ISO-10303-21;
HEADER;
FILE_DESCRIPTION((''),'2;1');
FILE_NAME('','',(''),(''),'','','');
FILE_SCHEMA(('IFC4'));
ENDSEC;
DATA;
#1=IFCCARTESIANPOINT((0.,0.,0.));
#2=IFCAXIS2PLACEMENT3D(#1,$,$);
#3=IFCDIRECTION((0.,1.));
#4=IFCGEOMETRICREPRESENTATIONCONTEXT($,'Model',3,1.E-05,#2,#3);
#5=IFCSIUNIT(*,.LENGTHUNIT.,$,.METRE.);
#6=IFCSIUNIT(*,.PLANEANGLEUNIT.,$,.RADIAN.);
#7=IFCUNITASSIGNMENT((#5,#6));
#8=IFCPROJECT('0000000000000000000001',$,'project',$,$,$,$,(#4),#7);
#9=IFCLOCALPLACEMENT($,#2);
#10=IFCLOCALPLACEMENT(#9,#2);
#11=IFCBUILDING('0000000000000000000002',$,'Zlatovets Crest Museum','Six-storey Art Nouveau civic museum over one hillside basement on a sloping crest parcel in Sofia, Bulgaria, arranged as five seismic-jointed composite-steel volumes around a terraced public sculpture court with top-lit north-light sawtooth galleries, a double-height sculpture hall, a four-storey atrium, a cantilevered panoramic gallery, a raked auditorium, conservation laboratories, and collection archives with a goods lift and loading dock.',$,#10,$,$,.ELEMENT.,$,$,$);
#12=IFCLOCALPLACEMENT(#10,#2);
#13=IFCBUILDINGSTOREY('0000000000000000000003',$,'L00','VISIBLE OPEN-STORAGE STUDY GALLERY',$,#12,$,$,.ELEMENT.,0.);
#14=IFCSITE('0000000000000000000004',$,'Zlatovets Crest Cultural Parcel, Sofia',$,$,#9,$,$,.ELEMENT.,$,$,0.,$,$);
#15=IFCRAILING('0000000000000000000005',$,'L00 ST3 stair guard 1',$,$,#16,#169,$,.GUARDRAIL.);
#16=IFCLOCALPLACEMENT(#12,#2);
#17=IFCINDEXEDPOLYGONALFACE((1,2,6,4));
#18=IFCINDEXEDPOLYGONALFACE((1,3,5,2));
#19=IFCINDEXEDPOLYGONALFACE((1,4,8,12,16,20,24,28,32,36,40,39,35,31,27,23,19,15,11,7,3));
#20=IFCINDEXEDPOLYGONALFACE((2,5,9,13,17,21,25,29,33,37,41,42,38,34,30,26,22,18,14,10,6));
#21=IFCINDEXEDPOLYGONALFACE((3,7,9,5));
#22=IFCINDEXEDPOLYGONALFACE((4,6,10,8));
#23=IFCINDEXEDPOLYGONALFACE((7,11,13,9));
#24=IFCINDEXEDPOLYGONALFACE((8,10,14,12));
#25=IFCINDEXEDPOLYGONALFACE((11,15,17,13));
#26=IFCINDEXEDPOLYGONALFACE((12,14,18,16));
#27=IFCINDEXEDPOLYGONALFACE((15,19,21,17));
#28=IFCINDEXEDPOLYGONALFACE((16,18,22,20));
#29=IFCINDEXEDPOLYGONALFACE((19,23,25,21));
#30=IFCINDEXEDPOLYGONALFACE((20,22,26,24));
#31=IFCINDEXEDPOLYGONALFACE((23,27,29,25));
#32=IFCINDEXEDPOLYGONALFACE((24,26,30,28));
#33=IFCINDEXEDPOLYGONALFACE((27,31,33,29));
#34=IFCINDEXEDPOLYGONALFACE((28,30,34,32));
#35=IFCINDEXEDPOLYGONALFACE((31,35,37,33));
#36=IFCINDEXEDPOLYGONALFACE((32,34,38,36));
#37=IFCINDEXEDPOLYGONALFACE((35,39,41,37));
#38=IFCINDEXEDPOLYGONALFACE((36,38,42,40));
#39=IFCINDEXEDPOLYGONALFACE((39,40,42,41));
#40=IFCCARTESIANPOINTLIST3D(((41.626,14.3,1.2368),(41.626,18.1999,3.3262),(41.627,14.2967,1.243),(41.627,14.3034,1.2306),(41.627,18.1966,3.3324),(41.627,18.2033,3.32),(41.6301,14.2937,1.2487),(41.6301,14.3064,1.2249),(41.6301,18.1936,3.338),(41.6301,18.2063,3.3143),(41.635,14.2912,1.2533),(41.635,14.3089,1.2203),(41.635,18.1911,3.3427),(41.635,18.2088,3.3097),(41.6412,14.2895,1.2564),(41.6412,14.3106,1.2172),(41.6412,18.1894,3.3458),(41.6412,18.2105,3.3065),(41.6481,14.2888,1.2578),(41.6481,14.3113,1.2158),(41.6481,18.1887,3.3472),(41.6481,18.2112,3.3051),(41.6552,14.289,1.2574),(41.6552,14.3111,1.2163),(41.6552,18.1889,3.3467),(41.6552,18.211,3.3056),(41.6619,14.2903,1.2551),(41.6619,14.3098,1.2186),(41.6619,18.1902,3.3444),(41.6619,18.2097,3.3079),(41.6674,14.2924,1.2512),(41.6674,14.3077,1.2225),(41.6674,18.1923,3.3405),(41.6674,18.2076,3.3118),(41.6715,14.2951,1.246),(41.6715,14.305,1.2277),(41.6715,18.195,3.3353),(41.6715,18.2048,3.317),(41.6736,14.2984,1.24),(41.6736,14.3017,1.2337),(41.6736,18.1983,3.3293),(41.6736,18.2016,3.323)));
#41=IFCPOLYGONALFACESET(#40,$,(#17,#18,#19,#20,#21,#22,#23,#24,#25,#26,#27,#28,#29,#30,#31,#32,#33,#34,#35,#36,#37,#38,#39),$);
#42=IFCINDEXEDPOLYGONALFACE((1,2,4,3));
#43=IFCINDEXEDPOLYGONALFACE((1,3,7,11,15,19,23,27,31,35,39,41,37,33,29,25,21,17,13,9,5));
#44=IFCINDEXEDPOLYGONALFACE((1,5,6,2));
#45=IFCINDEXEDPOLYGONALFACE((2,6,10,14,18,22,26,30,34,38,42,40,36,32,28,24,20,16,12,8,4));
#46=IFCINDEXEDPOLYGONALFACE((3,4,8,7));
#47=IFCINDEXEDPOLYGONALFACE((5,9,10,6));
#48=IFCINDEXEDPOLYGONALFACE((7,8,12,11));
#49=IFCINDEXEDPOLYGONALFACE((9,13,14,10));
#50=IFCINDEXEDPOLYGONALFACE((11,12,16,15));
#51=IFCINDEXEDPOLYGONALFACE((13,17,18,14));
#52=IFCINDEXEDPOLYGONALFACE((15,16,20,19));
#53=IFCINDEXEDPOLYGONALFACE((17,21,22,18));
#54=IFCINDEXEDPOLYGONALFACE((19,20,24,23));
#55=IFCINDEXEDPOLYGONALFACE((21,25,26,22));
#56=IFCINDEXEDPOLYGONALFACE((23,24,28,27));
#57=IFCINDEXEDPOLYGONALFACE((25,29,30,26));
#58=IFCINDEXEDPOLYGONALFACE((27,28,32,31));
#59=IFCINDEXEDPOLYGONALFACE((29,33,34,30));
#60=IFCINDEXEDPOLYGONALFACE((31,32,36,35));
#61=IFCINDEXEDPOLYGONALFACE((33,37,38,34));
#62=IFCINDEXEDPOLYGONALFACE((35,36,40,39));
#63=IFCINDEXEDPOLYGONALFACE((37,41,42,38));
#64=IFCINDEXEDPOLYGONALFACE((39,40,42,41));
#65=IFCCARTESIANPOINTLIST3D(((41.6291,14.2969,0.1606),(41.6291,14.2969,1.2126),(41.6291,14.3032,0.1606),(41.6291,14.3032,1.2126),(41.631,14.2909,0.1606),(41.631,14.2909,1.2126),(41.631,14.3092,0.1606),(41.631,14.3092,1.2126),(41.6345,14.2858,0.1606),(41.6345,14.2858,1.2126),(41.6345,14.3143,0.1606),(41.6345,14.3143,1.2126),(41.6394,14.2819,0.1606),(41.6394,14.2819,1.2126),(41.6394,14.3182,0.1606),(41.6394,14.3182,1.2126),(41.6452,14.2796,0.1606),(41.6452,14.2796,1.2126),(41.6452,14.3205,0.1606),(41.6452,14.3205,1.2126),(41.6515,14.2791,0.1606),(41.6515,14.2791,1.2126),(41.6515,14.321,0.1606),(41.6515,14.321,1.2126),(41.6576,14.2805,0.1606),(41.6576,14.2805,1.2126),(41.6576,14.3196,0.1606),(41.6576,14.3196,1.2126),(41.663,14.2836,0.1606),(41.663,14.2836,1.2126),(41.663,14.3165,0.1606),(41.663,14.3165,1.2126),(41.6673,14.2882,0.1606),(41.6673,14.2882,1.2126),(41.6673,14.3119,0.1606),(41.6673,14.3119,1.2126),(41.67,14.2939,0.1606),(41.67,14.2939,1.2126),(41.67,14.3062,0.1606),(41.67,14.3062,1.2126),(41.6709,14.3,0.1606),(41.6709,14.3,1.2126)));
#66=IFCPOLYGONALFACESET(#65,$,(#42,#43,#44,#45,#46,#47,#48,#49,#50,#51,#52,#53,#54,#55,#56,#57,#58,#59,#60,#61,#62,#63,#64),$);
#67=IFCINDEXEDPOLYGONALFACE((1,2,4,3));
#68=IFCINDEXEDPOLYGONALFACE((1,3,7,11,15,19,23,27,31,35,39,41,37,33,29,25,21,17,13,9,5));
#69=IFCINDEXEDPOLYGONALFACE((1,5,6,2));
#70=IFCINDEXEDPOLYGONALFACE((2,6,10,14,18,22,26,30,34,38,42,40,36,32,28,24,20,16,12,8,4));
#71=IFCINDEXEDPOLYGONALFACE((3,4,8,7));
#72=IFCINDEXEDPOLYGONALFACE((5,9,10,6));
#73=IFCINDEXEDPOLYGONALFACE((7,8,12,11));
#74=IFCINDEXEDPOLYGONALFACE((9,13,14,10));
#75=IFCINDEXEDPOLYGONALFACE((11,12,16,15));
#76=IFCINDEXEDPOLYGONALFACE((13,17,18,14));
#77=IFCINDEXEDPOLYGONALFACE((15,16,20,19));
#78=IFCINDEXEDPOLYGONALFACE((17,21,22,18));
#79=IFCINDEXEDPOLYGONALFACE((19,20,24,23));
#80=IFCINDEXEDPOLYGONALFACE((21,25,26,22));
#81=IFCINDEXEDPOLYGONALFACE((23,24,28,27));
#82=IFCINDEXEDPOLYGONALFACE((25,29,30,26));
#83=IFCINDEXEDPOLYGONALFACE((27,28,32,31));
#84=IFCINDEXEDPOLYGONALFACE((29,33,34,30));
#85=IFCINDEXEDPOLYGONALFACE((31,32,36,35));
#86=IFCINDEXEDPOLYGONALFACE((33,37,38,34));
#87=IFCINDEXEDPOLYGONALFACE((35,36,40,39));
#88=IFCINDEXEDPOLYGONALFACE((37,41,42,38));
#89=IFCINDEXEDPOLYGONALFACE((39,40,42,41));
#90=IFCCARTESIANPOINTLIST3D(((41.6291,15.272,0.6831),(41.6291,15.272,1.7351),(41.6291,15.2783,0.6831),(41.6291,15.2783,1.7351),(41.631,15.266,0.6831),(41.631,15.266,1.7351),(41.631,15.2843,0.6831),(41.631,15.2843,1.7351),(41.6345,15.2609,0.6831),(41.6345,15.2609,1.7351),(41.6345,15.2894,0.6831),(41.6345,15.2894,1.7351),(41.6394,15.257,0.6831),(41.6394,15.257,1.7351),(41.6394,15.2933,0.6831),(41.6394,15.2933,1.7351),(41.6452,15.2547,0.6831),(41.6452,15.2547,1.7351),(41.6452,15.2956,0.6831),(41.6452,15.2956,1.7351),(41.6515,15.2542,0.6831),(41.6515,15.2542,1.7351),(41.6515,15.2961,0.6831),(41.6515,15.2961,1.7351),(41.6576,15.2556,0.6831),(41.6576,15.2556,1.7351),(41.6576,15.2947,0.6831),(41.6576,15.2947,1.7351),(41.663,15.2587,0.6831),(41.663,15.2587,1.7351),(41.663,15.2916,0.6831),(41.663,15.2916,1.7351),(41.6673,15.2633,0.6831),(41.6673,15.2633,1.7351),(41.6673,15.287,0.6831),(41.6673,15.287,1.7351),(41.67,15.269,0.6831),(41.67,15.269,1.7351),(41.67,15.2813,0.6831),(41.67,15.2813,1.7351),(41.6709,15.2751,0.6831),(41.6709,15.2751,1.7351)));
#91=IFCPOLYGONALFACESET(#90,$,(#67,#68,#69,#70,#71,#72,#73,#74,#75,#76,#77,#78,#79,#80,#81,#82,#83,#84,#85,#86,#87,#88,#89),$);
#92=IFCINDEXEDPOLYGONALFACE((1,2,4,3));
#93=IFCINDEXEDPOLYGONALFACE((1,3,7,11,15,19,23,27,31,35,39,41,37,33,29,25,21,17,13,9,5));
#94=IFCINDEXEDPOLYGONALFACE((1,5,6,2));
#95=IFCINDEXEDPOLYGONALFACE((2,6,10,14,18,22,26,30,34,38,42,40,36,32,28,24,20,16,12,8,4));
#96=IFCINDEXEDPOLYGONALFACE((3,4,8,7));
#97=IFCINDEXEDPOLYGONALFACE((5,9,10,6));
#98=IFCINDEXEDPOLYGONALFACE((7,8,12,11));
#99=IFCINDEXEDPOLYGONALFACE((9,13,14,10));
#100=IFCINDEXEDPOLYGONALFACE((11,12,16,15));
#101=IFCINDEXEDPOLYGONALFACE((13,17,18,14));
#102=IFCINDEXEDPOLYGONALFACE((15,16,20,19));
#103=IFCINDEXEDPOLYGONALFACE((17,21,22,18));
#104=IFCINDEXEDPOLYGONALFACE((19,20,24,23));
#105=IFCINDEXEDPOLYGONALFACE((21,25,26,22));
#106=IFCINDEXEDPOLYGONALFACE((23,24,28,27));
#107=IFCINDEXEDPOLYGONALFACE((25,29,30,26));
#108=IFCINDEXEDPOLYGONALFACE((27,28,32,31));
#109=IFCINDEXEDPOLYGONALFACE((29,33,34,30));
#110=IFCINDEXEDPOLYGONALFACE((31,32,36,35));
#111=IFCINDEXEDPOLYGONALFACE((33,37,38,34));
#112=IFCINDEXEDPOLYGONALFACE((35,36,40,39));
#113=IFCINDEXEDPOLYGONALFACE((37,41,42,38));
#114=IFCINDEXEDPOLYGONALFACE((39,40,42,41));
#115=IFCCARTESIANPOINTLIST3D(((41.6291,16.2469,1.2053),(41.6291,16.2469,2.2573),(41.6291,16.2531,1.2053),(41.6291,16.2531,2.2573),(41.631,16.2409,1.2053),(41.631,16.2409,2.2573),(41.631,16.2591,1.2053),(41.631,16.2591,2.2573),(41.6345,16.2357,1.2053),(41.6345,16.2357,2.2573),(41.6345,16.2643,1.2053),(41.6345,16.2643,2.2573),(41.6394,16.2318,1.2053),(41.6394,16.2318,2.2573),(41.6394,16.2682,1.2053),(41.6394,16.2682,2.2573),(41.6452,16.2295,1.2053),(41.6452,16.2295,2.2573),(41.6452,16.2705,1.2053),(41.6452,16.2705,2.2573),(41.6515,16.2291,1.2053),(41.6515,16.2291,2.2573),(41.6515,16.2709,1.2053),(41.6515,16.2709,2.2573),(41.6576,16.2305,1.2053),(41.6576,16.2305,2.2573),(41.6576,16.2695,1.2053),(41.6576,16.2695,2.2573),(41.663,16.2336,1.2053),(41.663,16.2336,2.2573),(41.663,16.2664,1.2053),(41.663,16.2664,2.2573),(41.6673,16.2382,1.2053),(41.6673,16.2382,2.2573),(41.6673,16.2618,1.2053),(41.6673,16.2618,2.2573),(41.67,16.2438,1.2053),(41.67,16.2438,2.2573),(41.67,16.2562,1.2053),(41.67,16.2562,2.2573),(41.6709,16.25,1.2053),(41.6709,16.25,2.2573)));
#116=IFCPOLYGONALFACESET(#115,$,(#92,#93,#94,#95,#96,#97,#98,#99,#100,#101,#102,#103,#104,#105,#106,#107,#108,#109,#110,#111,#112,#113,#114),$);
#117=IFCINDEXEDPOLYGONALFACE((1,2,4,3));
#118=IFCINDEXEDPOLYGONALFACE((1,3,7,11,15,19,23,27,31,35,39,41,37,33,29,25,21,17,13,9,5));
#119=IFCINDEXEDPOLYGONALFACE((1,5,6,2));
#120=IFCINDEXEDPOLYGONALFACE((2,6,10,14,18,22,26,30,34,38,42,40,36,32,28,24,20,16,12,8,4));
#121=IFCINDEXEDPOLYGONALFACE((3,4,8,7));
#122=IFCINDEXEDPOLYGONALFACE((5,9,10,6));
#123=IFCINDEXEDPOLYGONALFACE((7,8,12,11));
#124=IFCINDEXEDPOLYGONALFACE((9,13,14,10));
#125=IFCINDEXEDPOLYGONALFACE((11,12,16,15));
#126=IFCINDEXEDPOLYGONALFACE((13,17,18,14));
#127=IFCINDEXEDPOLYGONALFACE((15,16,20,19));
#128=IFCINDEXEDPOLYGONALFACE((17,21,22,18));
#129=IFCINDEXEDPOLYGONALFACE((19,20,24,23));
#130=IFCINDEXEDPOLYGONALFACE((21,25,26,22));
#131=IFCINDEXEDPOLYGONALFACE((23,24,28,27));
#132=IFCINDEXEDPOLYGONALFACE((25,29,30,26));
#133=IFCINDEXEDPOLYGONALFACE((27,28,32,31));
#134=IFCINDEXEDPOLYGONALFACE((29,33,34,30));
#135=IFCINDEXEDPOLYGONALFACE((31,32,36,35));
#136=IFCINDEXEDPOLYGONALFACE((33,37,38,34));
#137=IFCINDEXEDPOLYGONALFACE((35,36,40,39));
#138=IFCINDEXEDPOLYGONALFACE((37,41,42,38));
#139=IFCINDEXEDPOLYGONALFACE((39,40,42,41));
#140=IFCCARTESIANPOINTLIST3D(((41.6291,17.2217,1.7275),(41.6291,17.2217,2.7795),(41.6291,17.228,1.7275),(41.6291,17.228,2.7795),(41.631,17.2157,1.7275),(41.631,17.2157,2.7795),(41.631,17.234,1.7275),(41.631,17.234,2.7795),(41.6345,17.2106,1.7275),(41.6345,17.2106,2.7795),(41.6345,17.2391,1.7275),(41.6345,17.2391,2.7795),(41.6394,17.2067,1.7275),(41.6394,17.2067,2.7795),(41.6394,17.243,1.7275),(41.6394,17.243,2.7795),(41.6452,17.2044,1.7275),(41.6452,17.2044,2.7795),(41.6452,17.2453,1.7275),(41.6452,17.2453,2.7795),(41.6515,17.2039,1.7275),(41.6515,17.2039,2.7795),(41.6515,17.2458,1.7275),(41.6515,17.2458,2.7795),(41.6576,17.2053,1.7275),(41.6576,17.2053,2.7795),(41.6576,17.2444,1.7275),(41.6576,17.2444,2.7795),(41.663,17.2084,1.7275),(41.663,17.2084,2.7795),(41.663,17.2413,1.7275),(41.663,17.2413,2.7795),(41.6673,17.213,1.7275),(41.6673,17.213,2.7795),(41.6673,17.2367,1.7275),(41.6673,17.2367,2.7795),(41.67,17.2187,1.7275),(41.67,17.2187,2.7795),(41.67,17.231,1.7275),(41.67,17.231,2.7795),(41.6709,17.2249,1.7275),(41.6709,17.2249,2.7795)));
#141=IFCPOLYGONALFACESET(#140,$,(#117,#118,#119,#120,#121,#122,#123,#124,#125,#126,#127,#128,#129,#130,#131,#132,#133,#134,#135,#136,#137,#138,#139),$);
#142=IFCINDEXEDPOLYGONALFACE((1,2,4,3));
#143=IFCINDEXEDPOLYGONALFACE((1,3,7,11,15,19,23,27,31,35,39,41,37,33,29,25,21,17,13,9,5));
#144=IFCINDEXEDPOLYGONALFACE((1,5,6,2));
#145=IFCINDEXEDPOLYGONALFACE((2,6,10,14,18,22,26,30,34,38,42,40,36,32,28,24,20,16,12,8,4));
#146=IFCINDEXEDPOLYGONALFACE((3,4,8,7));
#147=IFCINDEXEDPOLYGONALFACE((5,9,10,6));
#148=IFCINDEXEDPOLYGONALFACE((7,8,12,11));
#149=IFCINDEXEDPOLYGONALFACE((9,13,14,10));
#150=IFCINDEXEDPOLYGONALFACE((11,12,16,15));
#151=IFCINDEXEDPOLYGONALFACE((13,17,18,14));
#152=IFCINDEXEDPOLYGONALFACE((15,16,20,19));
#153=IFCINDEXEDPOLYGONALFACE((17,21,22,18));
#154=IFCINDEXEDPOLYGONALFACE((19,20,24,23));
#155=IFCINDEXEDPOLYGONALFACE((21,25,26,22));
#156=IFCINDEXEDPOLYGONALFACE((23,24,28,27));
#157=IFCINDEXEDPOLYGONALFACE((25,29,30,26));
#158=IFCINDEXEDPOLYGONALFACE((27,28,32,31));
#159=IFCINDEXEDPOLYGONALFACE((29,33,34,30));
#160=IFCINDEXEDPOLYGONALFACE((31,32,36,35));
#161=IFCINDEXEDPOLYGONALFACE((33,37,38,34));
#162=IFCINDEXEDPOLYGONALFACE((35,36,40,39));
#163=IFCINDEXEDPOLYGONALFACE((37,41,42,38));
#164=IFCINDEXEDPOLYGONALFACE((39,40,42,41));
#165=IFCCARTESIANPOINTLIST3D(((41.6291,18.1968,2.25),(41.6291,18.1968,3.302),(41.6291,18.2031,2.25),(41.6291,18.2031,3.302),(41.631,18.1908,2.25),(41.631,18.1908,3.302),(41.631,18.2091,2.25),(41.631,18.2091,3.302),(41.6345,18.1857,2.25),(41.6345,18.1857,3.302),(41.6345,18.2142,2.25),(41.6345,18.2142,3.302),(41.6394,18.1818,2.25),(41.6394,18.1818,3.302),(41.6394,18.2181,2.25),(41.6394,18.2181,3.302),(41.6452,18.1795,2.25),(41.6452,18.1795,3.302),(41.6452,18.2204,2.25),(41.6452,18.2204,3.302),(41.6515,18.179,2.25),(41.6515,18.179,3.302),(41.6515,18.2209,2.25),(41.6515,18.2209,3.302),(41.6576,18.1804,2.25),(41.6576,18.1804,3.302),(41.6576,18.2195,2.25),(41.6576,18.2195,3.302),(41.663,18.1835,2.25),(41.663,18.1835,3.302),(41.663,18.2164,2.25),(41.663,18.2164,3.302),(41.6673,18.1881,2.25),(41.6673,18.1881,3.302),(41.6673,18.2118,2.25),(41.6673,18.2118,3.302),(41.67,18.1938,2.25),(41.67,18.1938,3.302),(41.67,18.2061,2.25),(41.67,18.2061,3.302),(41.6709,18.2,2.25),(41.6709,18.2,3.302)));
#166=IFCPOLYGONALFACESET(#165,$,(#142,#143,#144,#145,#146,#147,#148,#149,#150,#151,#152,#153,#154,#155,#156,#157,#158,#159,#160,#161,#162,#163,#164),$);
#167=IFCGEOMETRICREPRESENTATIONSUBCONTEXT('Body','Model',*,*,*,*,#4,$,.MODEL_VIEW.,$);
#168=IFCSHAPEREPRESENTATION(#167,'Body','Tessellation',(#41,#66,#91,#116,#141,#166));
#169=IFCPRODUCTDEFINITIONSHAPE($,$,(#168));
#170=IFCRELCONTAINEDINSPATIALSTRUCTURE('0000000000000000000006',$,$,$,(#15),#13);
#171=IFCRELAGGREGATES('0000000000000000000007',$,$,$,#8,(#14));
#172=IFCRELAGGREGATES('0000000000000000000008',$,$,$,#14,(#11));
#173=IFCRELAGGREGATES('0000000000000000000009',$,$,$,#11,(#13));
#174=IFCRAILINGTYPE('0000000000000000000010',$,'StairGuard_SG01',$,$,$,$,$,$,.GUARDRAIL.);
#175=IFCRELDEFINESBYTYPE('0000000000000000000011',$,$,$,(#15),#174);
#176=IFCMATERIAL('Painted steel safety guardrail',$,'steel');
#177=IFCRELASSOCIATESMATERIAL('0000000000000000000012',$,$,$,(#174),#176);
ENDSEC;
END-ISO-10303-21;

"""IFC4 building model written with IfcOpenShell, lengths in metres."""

from ifc_helpers import new_model, si_unit, direction, frame, origin, origin_2d, place, context, subcontext, project, spatial, circle, extrude, material, type_object, element, save


model = new_model("IFC4")

# Units and contexts
model_context = context("Model", 3, precision=1e-05, world=origin(), true_north=direction((0.0, 1.0)))
body_context = subcontext(model_context, "Body", "Model", "MODEL_VIEW")
ifc_project = project(units=[si_unit("LENGTHUNIT", "METRE"), si_unit("PLANEANGLEUNIT", "RADIAN")], contexts=[model_context])

# Site, building, storey
site_placement = place(None, origin())
site = spatial("IfcSite", under=ifc_project, at=site_placement, Name="Zlatovets Crest Cultural Parcel, Sofia", CompositionType="ELEMENT", RefElevation=0.0)
building_placement = place(site_placement, origin())
building = spatial("IfcBuilding", under=site, at=building_placement, Name="Zlatovets Crest Museum", Description="Six-storey Art Nouveau civic museum over one hillside basement on a sloping crest parcel in Sofia, Bulgaria, arranged as five seismic-jointed composite-steel volumes around a terraced public sculpture court with top-lit north-light sawtooth galleries, a double-height sculpture hall, a four-storey atrium, a cantilevered panoramic gallery, a raked auditorium, conservation laboratories, and collection archives with a goods lift and loading dock.", CompositionType="ELEMENT")
storey_placement = place(building_placement, origin())
storey = spatial("IfcBuildingStorey", under=building, at=storey_placement, Name="L00", Description="VISIBLE OPEN-STORAGE STUDY GALLERY", CompositionType="ELEMENT", Elevation=0.0)

# Railing
ifc_material_1 = material(Name="Painted steel safety guardrail", Category="steel")
railing_type_1 = type_object("IfcRailingType", Name="StairGuard_SG01", PredefinedType="GUARDRAIL", material=ifc_material_1)
railing_1_placement = place(storey_placement, frame((41.6499, 14.3, 0.1606)))
element("IfcRailing", 1, at=railing_1_placement, inside=storey, type_object=railing_type_1, Name="L00 ST3 stair guard 1", PredefinedType="GUARDRAIL", context=body_context, shape_type="SweptSolid", body=[
    extrude(circle(Radius=0.0239, at=origin_2d()), frame((0.0, 0.0, 1.0762), z_axis=(0.0, 0.881468, 0.472243), x_axis=(-1.0, 0.0, 0.0)), (0.0, 0.0, 1.0), 4.4243),
    extrude(circle(Radius=0.021, at=origin_2d()), origin(), (0.0, 0.0, 1.0), 1.052),
    extrude(circle(Radius=0.021, at=origin_2d()), frame((0.0, 0.9751, 0.5225)), (0.0, 0.0, 1.0), 1.052),
    extrude(circle(Radius=0.021, at=origin_2d()), frame((0.0, 1.95, 1.0447)), (0.0, 0.0, 1.0), 1.052),
    extrude(circle(Radius=0.021, at=origin_2d()), frame((0.0, 2.9248, 1.5669)), (0.0, 0.0, 1.0), 1.052),
    extrude(circle(Radius=0.021, at=origin_2d()), frame((0.0, 3.8999, 2.0894)), (0.0, 0.0, 1.0), 1.052),
])

save(model, "model.ifc")
